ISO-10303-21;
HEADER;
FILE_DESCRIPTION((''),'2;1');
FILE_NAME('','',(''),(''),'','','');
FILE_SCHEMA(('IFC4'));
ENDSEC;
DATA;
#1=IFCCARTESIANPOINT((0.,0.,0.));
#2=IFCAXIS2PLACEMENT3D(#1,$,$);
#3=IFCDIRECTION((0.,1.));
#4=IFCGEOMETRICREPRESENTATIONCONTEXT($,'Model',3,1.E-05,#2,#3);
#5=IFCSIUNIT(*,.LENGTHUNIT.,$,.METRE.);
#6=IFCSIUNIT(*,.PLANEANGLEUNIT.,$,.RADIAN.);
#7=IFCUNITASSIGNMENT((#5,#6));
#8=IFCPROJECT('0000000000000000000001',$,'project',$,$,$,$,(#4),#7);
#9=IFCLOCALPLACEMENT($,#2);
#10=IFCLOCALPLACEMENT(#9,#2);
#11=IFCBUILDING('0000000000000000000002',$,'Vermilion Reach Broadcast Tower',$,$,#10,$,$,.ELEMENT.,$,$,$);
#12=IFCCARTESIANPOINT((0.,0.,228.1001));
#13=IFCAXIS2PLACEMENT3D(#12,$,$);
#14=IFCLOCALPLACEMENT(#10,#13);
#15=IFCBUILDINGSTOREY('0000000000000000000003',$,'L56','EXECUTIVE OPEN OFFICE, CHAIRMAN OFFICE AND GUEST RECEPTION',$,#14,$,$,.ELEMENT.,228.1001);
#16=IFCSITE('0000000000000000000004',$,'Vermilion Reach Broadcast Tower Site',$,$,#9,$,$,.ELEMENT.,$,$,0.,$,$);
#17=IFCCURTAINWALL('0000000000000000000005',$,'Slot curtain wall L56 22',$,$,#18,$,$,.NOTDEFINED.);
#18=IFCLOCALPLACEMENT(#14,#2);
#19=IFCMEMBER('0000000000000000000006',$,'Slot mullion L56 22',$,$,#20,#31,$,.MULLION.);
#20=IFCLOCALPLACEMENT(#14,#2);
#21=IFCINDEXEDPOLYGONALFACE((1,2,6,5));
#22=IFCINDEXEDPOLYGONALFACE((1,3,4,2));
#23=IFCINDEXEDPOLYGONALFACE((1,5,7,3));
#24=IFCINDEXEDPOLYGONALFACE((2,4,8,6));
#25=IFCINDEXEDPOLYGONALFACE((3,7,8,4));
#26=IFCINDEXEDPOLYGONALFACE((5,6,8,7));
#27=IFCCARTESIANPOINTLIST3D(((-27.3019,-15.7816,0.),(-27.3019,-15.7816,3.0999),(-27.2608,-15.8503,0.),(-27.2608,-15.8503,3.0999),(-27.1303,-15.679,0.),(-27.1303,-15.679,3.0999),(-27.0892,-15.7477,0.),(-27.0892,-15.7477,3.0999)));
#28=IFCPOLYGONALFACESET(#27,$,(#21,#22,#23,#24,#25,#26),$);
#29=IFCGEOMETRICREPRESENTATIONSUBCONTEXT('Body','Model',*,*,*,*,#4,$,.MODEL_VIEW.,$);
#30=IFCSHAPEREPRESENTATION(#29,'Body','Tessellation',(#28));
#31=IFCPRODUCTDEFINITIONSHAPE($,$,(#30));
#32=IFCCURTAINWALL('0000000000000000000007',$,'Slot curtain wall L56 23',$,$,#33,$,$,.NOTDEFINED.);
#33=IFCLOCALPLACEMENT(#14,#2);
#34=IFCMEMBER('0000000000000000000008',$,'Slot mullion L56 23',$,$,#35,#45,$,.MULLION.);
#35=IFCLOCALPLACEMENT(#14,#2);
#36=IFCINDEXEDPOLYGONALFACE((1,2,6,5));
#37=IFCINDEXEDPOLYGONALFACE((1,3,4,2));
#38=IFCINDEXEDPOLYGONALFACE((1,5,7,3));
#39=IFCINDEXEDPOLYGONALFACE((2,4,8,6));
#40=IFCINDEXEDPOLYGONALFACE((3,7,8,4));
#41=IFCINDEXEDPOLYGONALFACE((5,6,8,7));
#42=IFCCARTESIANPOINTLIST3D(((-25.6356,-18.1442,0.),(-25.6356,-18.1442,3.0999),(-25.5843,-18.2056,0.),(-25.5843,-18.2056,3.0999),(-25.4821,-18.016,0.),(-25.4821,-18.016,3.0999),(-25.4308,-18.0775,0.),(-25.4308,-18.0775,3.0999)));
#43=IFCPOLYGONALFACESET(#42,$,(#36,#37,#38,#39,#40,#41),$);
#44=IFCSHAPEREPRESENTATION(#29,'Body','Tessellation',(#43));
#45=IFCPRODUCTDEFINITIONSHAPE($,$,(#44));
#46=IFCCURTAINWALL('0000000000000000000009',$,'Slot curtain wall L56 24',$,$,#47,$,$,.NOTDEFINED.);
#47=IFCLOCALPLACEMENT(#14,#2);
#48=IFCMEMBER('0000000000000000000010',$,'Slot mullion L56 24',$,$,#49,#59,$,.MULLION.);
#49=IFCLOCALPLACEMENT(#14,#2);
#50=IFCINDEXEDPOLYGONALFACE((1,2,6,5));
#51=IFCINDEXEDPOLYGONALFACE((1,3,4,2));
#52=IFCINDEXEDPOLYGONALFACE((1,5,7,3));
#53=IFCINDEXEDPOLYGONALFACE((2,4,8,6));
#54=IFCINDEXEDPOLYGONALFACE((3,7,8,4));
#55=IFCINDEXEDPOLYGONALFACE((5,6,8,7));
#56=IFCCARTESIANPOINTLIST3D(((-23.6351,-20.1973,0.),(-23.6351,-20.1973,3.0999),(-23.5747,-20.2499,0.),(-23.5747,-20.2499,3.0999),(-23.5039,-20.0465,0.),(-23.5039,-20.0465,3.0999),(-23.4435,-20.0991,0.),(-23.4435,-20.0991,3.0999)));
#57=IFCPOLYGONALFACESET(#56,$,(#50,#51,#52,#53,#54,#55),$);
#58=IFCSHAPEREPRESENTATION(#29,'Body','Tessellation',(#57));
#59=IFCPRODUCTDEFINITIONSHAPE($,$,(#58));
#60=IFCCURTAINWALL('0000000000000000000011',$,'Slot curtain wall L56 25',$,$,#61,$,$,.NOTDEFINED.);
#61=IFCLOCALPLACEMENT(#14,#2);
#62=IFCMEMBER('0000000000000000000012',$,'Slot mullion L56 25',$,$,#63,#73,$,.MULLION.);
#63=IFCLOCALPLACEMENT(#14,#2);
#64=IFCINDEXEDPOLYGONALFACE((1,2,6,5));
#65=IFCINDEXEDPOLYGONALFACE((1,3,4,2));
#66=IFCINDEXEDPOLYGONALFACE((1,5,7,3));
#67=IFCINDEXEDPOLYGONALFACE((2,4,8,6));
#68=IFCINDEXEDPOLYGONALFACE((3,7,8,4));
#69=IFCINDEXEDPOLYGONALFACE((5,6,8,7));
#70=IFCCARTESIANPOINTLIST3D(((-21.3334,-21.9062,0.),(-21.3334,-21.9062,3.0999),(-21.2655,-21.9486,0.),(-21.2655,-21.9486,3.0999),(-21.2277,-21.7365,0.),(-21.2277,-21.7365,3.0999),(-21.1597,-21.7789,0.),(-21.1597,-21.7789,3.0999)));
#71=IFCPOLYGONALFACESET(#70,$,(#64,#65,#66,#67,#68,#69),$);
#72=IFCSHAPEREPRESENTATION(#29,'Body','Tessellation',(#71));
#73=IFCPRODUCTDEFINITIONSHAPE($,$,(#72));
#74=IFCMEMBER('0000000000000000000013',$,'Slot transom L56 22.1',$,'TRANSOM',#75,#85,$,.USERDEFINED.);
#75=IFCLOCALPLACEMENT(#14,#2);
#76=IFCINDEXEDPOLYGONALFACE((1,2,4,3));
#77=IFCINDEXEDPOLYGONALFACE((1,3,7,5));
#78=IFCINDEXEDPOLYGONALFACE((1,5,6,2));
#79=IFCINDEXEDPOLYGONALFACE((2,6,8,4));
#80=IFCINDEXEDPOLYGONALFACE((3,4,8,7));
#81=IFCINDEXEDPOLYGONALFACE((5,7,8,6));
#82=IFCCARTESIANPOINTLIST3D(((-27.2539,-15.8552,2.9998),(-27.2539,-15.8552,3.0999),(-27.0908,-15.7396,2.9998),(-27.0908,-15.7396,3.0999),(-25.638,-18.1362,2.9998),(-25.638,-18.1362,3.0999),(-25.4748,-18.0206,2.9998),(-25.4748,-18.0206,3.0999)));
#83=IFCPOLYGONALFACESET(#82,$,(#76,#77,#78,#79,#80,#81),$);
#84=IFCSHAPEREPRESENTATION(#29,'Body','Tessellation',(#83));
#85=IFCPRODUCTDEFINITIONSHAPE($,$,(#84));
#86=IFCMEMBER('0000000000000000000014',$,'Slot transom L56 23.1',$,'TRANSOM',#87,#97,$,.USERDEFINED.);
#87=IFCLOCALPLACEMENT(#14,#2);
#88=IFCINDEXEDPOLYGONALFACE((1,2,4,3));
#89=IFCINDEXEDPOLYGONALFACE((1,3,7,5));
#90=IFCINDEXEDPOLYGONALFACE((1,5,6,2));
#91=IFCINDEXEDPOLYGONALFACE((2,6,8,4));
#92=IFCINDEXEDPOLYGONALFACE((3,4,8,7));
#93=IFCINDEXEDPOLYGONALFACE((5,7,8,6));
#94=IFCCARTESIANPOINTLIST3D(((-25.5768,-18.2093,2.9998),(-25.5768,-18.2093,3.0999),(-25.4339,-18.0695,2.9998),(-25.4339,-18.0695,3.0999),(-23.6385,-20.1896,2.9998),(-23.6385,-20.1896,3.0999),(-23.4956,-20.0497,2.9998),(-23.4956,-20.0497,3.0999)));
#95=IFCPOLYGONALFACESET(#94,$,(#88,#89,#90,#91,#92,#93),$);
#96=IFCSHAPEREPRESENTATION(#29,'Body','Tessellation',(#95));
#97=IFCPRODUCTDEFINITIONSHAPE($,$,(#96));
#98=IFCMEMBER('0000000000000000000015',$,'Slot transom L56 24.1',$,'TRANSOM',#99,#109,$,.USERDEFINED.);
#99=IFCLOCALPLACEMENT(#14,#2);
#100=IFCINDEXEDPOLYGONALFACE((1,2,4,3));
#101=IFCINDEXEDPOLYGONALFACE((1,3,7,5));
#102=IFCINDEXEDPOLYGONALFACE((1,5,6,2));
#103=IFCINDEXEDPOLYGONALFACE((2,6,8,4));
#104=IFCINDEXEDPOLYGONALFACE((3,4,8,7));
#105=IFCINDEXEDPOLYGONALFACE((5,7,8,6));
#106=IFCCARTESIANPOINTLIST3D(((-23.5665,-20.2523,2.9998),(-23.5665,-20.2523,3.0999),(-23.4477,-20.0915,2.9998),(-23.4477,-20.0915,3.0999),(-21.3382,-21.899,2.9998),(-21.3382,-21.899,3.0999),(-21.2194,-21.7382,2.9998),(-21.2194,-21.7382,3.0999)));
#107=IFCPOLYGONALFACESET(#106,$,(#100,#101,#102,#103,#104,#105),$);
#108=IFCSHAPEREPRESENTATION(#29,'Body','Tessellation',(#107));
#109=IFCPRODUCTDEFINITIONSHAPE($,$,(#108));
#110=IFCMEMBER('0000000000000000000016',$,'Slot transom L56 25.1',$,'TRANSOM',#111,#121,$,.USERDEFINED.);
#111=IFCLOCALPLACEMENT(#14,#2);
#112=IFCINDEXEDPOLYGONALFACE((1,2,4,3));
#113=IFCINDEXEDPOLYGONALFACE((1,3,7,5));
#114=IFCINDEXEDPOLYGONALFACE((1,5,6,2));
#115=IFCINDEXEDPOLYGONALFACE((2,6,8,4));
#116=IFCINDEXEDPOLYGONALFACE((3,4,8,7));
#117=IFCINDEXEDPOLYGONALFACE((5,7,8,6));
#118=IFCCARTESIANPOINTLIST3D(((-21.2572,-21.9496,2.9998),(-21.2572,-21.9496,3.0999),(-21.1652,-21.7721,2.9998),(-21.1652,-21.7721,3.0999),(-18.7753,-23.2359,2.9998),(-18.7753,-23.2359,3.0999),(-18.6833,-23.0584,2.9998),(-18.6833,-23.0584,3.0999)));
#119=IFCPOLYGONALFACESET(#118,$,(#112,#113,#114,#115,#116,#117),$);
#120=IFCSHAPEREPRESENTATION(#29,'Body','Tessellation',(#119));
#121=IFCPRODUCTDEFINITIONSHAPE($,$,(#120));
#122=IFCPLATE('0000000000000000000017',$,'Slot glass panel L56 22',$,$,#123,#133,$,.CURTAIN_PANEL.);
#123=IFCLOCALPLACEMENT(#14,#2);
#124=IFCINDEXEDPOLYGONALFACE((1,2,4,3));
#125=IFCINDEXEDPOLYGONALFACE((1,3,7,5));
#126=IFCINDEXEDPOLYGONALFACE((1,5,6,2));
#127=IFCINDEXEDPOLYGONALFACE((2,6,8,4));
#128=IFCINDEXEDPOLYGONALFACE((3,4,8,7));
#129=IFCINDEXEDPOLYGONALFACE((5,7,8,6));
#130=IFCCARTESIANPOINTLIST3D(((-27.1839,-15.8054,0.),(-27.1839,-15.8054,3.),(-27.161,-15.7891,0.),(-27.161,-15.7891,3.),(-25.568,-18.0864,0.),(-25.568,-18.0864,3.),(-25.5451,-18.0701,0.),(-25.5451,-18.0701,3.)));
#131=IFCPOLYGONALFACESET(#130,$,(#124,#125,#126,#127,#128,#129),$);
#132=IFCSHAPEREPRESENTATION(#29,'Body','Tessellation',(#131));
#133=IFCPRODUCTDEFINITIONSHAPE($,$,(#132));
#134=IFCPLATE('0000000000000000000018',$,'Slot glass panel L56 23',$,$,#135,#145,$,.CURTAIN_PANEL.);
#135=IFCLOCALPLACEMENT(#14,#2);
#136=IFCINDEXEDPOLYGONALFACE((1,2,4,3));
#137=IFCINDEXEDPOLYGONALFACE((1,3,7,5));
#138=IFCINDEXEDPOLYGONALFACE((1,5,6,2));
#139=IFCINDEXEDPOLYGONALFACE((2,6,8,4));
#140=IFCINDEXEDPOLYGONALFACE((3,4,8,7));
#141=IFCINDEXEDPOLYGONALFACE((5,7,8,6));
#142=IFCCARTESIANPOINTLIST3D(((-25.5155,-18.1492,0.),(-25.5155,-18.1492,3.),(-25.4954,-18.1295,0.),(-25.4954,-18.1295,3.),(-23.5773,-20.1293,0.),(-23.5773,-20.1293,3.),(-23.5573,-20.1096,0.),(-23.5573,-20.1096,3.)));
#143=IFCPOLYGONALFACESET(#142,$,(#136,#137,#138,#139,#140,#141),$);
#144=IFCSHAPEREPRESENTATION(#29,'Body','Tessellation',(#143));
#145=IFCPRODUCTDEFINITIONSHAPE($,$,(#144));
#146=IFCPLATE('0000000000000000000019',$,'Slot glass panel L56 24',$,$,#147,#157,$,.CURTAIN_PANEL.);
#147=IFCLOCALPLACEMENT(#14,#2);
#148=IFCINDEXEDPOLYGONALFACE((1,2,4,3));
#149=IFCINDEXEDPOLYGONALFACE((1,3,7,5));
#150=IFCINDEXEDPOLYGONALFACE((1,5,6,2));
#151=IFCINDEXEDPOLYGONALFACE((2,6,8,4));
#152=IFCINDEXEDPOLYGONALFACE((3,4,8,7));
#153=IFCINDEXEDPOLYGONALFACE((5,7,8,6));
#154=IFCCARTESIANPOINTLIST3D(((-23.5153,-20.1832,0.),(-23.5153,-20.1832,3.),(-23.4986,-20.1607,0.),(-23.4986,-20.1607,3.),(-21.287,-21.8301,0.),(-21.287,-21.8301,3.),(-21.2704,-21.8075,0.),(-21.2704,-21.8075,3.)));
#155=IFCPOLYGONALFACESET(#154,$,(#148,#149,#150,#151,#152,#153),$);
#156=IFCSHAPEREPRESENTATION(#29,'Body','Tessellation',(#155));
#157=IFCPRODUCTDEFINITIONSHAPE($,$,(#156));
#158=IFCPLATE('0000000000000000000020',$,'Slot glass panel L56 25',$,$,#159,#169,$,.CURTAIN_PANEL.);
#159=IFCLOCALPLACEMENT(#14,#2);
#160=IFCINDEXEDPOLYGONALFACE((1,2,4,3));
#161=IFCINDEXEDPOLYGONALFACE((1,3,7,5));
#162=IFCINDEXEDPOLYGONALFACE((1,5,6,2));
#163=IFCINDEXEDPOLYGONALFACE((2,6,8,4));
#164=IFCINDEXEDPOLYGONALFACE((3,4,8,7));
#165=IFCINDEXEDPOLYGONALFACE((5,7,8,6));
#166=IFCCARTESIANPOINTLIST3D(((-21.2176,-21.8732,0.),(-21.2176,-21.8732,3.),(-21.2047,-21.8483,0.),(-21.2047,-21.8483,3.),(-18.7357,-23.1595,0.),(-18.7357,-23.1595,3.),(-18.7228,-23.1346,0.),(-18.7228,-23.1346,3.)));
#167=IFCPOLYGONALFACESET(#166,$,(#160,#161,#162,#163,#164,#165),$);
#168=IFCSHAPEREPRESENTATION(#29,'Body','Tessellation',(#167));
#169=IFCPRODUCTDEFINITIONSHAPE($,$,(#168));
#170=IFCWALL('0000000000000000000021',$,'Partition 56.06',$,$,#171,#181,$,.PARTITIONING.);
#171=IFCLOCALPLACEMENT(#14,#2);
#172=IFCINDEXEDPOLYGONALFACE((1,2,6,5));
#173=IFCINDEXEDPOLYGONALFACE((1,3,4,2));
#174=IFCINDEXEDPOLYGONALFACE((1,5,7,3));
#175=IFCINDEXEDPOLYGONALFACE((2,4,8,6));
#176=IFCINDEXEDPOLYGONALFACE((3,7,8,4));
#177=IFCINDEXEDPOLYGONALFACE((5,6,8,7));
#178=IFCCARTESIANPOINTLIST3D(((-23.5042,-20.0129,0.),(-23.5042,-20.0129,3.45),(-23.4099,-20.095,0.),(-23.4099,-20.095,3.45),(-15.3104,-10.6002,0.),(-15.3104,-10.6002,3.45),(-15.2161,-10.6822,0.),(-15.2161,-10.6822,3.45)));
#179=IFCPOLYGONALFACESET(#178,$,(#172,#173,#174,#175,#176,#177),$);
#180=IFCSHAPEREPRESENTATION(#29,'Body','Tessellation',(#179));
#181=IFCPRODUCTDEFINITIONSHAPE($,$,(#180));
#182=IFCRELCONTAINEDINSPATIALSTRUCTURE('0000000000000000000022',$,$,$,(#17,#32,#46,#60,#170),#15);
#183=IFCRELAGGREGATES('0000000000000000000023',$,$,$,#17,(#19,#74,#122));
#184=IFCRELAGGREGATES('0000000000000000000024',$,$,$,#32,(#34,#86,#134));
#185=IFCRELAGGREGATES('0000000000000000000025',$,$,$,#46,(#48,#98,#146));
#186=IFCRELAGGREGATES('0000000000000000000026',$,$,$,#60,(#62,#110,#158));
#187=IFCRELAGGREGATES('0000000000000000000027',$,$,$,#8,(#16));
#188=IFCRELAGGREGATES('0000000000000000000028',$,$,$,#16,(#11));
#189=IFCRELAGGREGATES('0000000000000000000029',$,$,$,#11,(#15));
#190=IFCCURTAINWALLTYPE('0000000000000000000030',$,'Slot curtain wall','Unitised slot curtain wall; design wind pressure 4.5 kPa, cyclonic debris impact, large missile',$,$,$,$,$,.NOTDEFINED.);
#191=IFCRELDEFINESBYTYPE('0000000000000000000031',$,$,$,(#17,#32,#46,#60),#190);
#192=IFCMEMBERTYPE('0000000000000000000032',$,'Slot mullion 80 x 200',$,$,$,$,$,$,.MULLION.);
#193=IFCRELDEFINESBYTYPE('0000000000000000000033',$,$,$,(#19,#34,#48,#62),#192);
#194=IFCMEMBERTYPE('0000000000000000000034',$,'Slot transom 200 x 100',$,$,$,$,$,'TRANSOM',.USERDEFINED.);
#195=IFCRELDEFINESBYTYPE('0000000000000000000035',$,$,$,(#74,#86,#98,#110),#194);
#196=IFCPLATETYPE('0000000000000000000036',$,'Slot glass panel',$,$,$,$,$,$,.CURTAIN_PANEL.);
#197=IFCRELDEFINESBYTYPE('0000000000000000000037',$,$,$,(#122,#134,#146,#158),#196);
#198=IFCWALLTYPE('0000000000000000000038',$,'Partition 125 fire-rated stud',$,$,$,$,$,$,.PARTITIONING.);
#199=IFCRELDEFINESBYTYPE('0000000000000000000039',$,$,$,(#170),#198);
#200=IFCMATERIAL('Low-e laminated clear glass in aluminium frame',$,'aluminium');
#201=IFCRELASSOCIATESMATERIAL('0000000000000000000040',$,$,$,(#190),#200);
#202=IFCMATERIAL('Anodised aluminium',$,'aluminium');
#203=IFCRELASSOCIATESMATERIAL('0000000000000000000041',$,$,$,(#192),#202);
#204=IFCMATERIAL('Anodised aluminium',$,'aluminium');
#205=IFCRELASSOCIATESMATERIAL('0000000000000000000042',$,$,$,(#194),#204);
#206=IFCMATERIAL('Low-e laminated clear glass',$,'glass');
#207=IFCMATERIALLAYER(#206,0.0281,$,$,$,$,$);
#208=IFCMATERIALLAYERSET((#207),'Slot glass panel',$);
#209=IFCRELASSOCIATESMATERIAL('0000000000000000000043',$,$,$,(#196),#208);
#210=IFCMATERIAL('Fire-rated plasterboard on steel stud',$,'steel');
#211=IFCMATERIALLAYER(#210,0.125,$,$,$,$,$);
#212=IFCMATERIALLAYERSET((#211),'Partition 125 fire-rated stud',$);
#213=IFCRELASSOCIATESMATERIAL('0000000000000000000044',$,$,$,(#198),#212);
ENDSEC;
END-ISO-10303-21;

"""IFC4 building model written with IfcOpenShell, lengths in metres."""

from ifc_helpers import new_model, si_unit, direction, frame, frame_2d, origin, origin_2d, place, context, subcontext, project, spatial, rectangle, extrude, material, layer, layer_set, material_profile, profile_set, type_object, element, aggregate, save


model = new_model("IFC4")

# Units and contexts
model_context = context("Model", 3, precision=1e-05, world=origin(), true_north=direction((0.0, 1.0)))
body_context = subcontext(model_context, "Body", "Model", "MODEL_VIEW")
ifc_project = project(units=[si_unit("LENGTHUNIT", "METRE"), si_unit("PLANEANGLEUNIT", "RADIAN")], contexts=[model_context])

# Site, building, storey
site_placement = place(None, origin())
site = spatial("IfcSite", under=ifc_project, at=site_placement, Name="Vermilion Reach Broadcast Tower Site", CompositionType="ELEMENT", RefElevation=0.0)
building_placement = place(site_placement, origin())
building = spatial("IfcBuilding", under=site, at=building_placement, Name="Vermilion Reach Broadcast Tower", CompositionType="ELEMENT")
storey_placement = place(building_placement, frame((0.0, 0.0, 228.1001)))
storey = spatial("IfcBuildingStorey", under=building, at=storey_placement, Name="L56", Description="EXECUTIVE OPEN OFFICE, CHAIRMAN OFFICE AND GUEST RECEPTION", CompositionType="ELEMENT", Elevation=228.1001)

# Curtain walls, members
ifc_material_1 = material(Name="Low-e laminated clear glass in aluminium frame", Category="aluminium")
curtain_wall_type = type_object("IfcCurtainWallType", Name="Slot curtain wall", Description="Unitised slot curtain wall; design wind pressure 4.5 kPa, cyclonic debris impact, large missile", PredefinedType="NOTDEFINED", material=ifc_material_1)
placement = place(storey_placement, origin())
curtain_wall_1 = element("IfcCurtainWall", 1, at=placement, inside=storey, type_object=curtain_wall_type, Name="Slot curtain wall L56 22", PredefinedType="NOTDEFINED")
ifc_material_2 = material(Name="Anodised aluminium", Category="aluminium")
ifc_material_profile_1 = material_profile(ifc_material_2, rectangle(XDim=0.2, YDim=0.0801, at=origin_2d()), Name="Slot mullion 80 x 200")
ifc_profile_set_1 = profile_set([ifc_material_profile_1], Name="Anodised aluminium")
member_type_1 = type_object("IfcMemberType", Name="Slot mullion 80 x 200", PredefinedType="MULLION", material=ifc_profile_set_1)
member_1_placement = place(storey_placement, frame((-27.1956, -15.7646, 0.0), z_axis=(0.0, 0.0, 1.0), x_axis=(0.858186, 0.51334, 0.0)))
member_1 = element("IfcMember", 2, at=member_1_placement, type_object=member_type_1, Name="Slot mullion L56 22", PredefinedType="MULLION", context=body_context, shape_type="SweptSolid", body=[
    extrude(rectangle(XDim=0.2, YDim=0.0801, at=origin_2d()), origin(), (0.0, 0.0, 1.0), 3.0999),
])
curtain_wall_2 = element("IfcCurtainWall", 3, at=placement, inside=storey, type_object=curtain_wall_type, Name="Slot curtain wall L56 23", PredefinedType="NOTDEFINED")
member_2_placement = place(storey_placement, frame((-25.5332, -18.1108, 0.0), z_axis=(0.0, 0.0, 1.0), x_axis=(0.767712, 0.640795, 0.0)))
member_2 = element("IfcMember", 4, at=member_2_placement, type_object=member_type_1, Name="Slot mullion L56 23", PredefinedType="MULLION", context=body_context, shape_type="SweptSolid", body=[
    extrude(rectangle(XDim=0.2, YDim=0.0801, at=origin_2d()), origin(), (0.0, 0.0, 1.0), 3.0999),
])
curtain_wall_3 = element("IfcCurtainWall", 5, at=placement, inside=storey, type_object=curtain_wall_type, Name="Slot curtain wall L56 24", PredefinedType="NOTDEFINED")
member_3_placement = place(storey_placement, frame((-23.5393, -20.1482, 0.0), z_axis=(0.0, 0.0, 1.0), x_axis=(0.656586, 0.754251, 0.0)))
member_3 = element("IfcMember", 6, at=member_3_placement, type_object=member_type_1, Name="Slot mullion L56 24", PredefinedType="MULLION", context=body_context, shape_type="SweptSolid", body=[
    extrude(rectangle(XDim=0.2, YDim=0.0801, at=origin_2d()), origin(), (0.0, 0.0, 1.0), 3.0999),
])
curtain_wall_4 = element("IfcCurtainWall", 7, at=placement, inside=storey, type_object=curtain_wall_type, Name="Slot curtain wall L56 25", PredefinedType="NOTDEFINED")
member_4_placement = place(storey_placement, frame((-21.2466, -21.8425, 0.0), z_axis=(0.0, 0.0, 1.0), x_axis=(0.528899, 0.848685, 0.0)))
member_4 = element("IfcMember", 8, at=member_4_placement, type_object=member_type_1, Name="Slot mullion L56 25", PredefinedType="MULLION", context=body_context, shape_type="SweptSolid", body=[
    extrude(rectangle(XDim=0.2, YDim=0.0801, at=origin_2d()), origin(), (0.0, 0.0, 1.0), 3.0999),
])

# Members
ifc_material_3 = material(Name="Anodised aluminium", Category="aluminium")
ifc_material_profile_2 = material_profile(ifc_material_3, rectangle(XDim=0.2, YDim=0.1001, at=origin_2d()), Name="Slot transom 200 x 100")
ifc_profile_set_2 = profile_set([ifc_material_profile_2], Name="Anodised aluminium")
member_type_2 = type_object("IfcMemberType", Name="Slot transom 200 x 100", ElementType="TRANSOM", PredefinedType="USERDEFINED", material=ifc_profile_set_2)
member_5_placement = place(storey_placement, frame((-27.1724, -15.7974, 3.0498), z_axis=(0.578078, -0.815982, 0.0), x_axis=(0.815982, 0.578078, 0.0)))
member_5 = element("IfcMember", 9, at=member_5_placement, type_object=member_type_2, Name="Slot transom L56 22.1", ObjectType="TRANSOM", PredefinedType="USERDEFINED", context=body_context, shape_type="SweptSolid", body=[
    extrude(rectangle(XDim=0.2, YDim=0.1001, at=origin_2d()), origin(), (0.0, 0.0, 1.0), 2.7954),
])
member_6_placement = place(storey_placement, frame((-25.5054, -18.1394, 3.0498), z_axis=(0.699489, -0.714643, 0.0), x_axis=(0.714643, 0.699489, 0.0)))
member_6 = element("IfcMember", 10, at=member_6_placement, type_object=member_type_2, Name="Slot transom L56 23.1", ObjectType="TRANSOM", PredefinedType="USERDEFINED", context=body_context, shape_type="SweptSolid", body=[
    extrude(rectangle(XDim=0.2, YDim=0.1001, at=origin_2d()), origin(), (0.0, 0.0, 1.0), 2.771),
])
member_7_placement = place(storey_placement, frame((-23.5071, -20.1719, 3.0498), z_axis=(0.80422, -0.594332, 0.0), x_axis=(0.594332, 0.80422, 0.0)))
member_7 = element("IfcMember", 11, at=member_7_placement, type_object=member_type_2, Name="Slot transom L56 24.1", ObjectType="TRANSOM", PredefinedType="USERDEFINED", context=body_context, shape_type="SweptSolid", body=[
    extrude(rectangle(XDim=0.2, YDim=0.1001, at=origin_2d()), origin(), (0.0, 0.0, 1.0), 2.7708),
])
member_8_placement = place(storey_placement, frame((-21.2112, -21.8608, 3.0498), z_axis=(0.887835, -0.460162, 0.0), x_axis=(0.460162, 0.887835, 0.0)))
member_8 = element("IfcMember", 12, at=member_8_placement, type_object=member_type_2, Name="Slot transom L56 25.1", ObjectType="TRANSOM", PredefinedType="USERDEFINED", context=body_context, shape_type="SweptSolid", body=[
    extrude(rectangle(XDim=0.2, YDim=0.1001, at=origin_2d()), origin(), (0.0, 0.0, 1.0), 2.7954),
])

# Plates
ifc_material_4 = material(Name="Low-e laminated clear glass", Category="glass")
ifc_layer_1 = layer(ifc_material_4, 0.0281)
ifc_layer_set_1 = layer_set([ifc_layer_1], Name="Slot glass panel")
plate_type = type_object("IfcPlateType", Name="Slot glass panel", PredefinedType="CURTAIN_PANEL", material=ifc_layer_set_1)
plate_1_placement = place(storey_placement, frame((-26.3645, -16.9377, 0.0), z_axis=(0.0, 0.0, 1.0), x_axis=(0.578078, -0.815982, 0.0)))
plate_1 = element("IfcPlate", 13, at=plate_1_placement, type_object=plate_type, Name="Slot glass panel L56 22", PredefinedType="CURTAIN_PANEL", context=body_context, shape_type="SweptSolid", body=[
    extrude(rectangle(XDim=2.7954, YDim=0.0281, at=origin_2d()), origin(), (0.0, 0.0, 1.0), 3.0),
])
aggregate(curtain_wall_1, [member_1, member_5, plate_1])
plate_2_placement = place(storey_placement, frame((-24.5364, -19.1294, 0.0), z_axis=(0.0, 0.0, 1.0), x_axis=(0.699498, -0.714634, 0.0)))
plate_2 = element("IfcPlate", 14, at=plate_2_placement, type_object=plate_type, Name="Slot glass panel L56 23", PredefinedType="CURTAIN_PANEL", context=body_context, shape_type="SweptSolid", body=[
    extrude(rectangle(XDim=2.7708, YDim=0.0281, at=origin_2d()), origin(), (0.0, 0.0, 1.0), 3.0),
])
aggregate(curtain_wall_2, [member_2, member_6, plate_2])
plate_3_placement = place(storey_placement, frame((-22.3928, -20.9954, 0.0), z_axis=(0.0, 0.0, 1.0), x_axis=(0.804202, -0.594356, 0.0)))
plate_3 = element("IfcPlate", 15, at=plate_3_placement, type_object=plate_type, Name="Slot glass panel L56 24", PredefinedType="CURTAIN_PANEL", context=body_context, shape_type="SweptSolid", body=[
    extrude(rectangle(XDim=2.7708, YDim=0.0281, at=origin_2d()), origin(), (0.0, 0.0, 1.0), 3.0),
])
aggregate(curtain_wall_3, [member_3, member_7, plate_3])
plate_4_placement = place(storey_placement, frame((-19.9702, -22.5039, 0.0), z_axis=(0.0, 0.0, 1.0), x_axis=(0.887852, -0.460129, 0.0)))
plate_4 = element("IfcPlate", 16, at=plate_4_placement, type_object=plate_type, Name="Slot glass panel L56 25", PredefinedType="CURTAIN_PANEL", context=body_context, shape_type="SweptSolid", body=[
    extrude(rectangle(XDim=2.7954, YDim=0.0281, at=origin_2d()), origin(), (0.0, 0.0, 1.0), 3.0),
])
aggregate(curtain_wall_4, [member_4, member_8, plate_4])

# Wall
ifc_material_5 = material(Name="Fire-rated plasterboard on steel stud", Category="steel")
ifc_layer_2 = layer(ifc_material_5, 0.125)
ifc_layer_set_2 = layer_set([ifc_layer_2], Name="Partition 125 fire-rated stud")
wall_type = type_object("IfcWallType", Name="Partition 125 fire-rated stud", PredefinedType="PARTITIONING", material=ifc_layer_set_2)
wall_placement = place(storey_placement, frame((-23.457, -20.054, 0.0), z_axis=(0.0, 0.0, 1.0), x_axis=(0.656579, 0.754258, 0.0)))
element("IfcWall", 17, at=wall_placement, inside=storey, type_object=wall_type, Name="Partition 56.06", PredefinedType="PARTITIONING", context=body_context, shape_type="SweptSolid", body=[
    extrude(rectangle(XDim=12.4795, YDim=0.125, at=frame_2d((6.2397, 0.0))), origin(), (0.0, 0.0, 1.0), 3.45),
])

save(model, "model.ifc")
